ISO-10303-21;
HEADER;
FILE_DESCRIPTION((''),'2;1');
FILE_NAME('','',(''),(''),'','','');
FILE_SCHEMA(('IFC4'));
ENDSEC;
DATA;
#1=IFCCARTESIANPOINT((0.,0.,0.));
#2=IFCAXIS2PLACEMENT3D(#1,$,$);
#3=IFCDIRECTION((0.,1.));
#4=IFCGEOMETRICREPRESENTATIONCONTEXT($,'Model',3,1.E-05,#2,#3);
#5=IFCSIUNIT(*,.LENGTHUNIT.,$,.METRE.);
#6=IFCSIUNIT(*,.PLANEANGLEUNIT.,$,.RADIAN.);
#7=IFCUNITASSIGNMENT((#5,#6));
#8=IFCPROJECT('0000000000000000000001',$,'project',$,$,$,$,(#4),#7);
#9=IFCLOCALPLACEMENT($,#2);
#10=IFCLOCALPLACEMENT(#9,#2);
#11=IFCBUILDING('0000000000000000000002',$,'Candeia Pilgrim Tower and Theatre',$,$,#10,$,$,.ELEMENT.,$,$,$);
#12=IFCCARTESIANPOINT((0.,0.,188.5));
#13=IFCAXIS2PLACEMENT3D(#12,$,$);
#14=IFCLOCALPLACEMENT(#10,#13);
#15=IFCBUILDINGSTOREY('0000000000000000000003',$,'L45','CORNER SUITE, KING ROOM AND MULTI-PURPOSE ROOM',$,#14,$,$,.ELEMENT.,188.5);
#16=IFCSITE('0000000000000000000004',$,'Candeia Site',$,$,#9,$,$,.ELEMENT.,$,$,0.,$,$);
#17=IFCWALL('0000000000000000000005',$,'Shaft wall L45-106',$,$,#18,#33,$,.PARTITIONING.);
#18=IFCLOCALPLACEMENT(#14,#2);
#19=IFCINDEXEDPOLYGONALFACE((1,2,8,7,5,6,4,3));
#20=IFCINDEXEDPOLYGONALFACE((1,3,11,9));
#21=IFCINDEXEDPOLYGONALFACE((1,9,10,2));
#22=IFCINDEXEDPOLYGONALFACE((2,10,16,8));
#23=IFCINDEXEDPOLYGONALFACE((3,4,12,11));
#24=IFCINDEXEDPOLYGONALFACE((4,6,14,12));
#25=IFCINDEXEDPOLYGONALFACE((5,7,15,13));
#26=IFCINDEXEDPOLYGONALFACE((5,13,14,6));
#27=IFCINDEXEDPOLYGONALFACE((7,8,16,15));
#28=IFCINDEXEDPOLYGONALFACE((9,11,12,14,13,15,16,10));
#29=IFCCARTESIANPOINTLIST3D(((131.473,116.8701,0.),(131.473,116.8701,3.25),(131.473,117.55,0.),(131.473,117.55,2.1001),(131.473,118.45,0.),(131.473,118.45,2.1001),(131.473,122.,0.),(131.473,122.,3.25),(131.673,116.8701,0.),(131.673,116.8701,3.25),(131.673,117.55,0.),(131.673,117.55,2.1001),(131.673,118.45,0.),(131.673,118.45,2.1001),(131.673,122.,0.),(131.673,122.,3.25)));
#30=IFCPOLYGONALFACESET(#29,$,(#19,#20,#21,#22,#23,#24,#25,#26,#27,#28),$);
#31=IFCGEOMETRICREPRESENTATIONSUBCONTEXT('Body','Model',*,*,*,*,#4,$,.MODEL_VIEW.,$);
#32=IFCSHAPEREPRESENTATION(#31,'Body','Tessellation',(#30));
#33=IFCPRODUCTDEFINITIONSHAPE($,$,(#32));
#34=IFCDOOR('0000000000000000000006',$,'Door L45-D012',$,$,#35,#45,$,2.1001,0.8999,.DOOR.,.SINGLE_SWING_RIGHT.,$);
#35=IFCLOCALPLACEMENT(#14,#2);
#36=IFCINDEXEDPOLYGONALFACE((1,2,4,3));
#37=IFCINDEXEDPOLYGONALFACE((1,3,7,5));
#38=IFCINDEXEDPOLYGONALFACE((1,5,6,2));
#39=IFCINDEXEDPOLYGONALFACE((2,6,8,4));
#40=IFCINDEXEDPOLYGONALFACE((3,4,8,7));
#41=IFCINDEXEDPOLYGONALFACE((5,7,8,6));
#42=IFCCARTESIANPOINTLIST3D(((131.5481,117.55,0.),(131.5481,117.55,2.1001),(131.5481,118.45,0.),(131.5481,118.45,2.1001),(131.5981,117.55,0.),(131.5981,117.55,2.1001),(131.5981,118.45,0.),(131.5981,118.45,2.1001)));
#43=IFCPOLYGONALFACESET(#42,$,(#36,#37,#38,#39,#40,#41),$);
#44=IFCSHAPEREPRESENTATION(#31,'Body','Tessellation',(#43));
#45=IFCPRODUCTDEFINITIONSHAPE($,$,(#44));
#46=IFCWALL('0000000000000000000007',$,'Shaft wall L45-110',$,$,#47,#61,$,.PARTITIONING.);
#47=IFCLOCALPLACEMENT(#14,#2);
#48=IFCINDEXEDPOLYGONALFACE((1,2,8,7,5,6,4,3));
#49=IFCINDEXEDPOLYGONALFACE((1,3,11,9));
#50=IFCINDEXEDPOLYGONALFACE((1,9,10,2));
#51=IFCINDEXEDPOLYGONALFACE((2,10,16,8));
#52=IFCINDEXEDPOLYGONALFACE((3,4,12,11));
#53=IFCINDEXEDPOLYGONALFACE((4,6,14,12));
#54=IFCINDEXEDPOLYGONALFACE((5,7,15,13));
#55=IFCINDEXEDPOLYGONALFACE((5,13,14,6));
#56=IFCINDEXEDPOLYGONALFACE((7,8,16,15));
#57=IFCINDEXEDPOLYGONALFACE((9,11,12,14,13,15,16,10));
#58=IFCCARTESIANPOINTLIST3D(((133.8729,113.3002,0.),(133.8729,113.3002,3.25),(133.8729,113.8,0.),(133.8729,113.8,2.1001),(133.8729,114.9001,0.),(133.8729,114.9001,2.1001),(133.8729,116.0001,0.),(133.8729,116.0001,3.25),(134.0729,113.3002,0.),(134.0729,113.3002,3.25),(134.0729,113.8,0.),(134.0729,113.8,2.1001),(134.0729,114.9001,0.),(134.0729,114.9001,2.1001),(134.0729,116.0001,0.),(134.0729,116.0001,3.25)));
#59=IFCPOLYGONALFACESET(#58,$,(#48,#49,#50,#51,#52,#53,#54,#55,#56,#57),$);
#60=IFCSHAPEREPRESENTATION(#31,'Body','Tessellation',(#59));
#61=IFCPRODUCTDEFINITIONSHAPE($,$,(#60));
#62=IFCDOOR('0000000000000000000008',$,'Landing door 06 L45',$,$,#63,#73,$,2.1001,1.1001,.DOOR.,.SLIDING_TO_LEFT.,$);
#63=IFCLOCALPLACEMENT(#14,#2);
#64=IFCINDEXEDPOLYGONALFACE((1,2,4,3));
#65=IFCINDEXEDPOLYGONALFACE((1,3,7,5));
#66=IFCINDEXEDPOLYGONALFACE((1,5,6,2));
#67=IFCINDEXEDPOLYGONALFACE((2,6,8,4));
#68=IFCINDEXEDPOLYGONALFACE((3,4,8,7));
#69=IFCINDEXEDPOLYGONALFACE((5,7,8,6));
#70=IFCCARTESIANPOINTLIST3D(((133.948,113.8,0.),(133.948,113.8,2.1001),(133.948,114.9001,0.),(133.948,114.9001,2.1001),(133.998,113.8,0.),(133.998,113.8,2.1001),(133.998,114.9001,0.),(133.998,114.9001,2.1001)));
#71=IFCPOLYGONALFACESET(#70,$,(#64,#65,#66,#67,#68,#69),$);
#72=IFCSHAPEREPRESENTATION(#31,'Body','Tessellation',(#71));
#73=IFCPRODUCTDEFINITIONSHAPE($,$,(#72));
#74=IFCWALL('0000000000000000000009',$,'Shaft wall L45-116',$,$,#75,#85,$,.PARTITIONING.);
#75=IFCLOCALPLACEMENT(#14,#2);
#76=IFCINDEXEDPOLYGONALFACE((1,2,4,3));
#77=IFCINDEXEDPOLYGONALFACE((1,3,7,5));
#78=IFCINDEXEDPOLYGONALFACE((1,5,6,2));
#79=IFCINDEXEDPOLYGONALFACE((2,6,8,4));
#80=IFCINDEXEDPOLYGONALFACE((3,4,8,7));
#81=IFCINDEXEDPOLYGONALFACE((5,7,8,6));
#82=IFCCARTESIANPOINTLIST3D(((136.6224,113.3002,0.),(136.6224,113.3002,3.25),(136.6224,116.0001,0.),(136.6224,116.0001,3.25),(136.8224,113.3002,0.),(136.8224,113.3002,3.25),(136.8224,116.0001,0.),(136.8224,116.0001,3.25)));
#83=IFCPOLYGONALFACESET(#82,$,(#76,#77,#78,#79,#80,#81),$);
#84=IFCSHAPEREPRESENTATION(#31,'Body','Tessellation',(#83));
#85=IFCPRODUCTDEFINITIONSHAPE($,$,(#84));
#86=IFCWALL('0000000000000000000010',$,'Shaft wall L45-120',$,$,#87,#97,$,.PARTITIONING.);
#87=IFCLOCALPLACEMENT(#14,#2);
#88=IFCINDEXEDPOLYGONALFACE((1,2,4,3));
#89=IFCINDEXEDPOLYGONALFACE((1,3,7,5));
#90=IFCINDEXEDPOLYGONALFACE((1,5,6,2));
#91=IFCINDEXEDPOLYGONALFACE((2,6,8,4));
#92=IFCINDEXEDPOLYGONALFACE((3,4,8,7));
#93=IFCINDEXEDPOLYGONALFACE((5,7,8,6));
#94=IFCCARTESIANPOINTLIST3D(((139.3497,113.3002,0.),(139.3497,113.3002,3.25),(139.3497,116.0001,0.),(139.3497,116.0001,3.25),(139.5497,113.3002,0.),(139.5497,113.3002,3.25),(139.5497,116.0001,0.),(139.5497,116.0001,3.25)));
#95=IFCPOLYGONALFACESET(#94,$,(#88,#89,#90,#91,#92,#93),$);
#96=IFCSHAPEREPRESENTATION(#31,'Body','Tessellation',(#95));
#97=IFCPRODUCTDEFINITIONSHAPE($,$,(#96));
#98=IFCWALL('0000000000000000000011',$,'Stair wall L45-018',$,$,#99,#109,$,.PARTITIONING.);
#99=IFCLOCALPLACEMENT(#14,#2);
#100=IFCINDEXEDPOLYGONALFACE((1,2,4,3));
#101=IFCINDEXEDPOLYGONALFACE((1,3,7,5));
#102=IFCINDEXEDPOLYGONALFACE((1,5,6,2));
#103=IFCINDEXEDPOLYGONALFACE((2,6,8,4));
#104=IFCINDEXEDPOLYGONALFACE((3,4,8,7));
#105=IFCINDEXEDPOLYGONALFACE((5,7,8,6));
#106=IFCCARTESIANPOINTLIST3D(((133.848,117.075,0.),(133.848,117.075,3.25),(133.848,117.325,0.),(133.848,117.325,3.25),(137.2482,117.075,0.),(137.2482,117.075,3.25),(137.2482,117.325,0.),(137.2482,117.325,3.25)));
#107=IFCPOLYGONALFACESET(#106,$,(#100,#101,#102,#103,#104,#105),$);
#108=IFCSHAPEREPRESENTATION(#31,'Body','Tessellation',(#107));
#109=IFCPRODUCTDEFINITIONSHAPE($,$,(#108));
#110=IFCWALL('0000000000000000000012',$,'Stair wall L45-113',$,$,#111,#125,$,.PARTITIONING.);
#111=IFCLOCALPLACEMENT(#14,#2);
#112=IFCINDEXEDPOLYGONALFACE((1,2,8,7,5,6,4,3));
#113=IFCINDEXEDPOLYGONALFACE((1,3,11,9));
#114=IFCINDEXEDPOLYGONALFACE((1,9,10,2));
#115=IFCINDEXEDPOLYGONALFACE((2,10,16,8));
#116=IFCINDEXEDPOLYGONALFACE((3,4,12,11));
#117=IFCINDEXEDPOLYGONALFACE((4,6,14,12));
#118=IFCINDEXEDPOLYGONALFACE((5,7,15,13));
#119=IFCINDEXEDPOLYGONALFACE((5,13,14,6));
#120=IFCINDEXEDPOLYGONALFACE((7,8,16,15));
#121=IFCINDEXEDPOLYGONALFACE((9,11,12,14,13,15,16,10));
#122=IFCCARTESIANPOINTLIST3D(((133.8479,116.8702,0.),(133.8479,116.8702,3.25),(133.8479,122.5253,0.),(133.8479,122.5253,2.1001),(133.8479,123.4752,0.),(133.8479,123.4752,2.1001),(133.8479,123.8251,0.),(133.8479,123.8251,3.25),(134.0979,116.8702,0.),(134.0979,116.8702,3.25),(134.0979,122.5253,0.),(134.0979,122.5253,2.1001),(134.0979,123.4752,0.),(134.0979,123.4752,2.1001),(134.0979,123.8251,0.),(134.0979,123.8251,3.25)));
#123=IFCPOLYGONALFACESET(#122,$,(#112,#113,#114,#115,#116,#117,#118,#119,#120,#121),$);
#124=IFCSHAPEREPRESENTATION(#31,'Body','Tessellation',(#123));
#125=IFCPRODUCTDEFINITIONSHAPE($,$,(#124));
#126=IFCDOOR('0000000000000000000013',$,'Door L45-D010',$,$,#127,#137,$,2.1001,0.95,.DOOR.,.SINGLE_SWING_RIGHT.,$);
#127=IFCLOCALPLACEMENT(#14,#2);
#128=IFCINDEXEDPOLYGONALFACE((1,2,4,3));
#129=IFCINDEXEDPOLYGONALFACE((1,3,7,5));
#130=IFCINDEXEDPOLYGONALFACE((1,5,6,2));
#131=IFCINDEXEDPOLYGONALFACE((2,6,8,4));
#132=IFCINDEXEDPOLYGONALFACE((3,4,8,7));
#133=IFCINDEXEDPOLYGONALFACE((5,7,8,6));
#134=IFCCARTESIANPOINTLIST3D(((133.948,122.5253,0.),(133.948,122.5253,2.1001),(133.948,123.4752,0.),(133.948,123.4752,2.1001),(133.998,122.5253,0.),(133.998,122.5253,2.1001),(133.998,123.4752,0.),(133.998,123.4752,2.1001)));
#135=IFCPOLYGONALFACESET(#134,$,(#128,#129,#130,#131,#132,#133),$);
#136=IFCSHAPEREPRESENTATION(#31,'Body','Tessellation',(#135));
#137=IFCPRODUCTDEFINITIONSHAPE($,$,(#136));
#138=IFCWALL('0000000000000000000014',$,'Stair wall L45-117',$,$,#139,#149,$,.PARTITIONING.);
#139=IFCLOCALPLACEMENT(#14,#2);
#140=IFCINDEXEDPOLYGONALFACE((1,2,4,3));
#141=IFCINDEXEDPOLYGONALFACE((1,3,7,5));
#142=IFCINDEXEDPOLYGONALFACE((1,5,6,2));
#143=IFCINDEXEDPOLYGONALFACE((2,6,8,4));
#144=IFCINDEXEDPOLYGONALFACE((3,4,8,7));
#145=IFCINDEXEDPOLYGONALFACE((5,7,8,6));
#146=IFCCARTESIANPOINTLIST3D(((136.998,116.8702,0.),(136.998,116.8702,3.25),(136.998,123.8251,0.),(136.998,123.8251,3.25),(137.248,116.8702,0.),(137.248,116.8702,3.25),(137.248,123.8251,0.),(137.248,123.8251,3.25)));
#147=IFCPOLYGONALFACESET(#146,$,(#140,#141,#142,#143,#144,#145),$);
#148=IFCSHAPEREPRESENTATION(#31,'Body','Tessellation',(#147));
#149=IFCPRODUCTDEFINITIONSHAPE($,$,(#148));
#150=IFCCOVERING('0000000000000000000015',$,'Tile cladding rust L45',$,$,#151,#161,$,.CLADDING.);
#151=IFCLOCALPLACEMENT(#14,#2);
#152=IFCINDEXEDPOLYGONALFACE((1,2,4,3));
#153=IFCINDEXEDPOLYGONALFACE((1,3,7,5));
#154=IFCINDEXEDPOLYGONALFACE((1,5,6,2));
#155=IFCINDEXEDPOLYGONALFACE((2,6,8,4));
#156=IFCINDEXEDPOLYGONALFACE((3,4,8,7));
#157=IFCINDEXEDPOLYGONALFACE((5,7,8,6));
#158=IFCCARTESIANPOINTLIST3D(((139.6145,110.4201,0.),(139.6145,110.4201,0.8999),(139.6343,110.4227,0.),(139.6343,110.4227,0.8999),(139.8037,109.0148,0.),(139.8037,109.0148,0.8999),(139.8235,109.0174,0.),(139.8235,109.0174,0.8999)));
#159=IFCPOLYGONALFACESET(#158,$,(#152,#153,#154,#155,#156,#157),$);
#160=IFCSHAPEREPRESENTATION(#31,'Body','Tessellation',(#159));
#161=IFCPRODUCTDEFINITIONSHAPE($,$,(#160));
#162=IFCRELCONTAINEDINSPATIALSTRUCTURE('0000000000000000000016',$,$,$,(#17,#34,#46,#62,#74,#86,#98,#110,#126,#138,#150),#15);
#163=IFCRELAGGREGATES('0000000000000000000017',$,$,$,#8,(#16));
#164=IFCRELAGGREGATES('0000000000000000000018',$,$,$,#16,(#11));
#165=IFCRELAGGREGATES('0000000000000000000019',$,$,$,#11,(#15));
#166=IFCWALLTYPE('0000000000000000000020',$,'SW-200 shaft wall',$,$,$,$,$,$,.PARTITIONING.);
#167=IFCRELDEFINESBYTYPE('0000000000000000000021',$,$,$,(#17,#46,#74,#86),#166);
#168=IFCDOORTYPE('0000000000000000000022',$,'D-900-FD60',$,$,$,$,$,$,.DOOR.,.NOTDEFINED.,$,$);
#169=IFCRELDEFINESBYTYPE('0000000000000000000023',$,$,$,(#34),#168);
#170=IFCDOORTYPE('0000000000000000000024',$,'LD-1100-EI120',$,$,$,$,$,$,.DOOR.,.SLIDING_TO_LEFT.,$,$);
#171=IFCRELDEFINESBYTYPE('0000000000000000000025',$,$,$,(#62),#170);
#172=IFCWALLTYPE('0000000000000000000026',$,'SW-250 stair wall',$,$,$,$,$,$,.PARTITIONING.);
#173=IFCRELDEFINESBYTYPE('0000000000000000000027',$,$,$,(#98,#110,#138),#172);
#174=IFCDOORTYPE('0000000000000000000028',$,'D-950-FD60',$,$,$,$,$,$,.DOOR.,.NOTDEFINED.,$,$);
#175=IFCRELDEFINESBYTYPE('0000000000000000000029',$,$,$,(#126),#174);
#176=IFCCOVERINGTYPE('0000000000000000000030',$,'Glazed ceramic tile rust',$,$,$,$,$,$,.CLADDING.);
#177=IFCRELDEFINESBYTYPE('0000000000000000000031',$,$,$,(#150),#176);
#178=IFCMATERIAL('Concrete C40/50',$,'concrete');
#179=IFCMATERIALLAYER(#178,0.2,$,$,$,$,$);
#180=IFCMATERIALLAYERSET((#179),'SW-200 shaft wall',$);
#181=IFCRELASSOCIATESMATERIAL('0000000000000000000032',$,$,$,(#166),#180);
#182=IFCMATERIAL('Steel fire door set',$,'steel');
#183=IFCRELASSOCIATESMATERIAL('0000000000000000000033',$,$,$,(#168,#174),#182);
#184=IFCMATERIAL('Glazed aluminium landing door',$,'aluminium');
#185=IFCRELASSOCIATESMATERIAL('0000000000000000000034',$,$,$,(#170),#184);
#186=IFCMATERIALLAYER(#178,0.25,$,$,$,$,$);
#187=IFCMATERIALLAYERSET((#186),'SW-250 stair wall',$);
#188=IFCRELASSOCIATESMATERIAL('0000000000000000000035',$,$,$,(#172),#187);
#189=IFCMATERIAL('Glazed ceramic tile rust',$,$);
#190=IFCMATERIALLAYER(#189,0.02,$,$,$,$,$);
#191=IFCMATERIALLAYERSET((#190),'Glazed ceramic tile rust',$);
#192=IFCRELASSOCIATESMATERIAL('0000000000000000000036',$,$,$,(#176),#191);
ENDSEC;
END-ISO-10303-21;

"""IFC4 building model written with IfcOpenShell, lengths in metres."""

from ifc_helpers import new_model, si_unit, direction, frame, frame_2d, origin, origin_2d, place, context, subcontext, project, spatial, rectangle, extrude, material, layer, layer_set, type_object, element, fill, save


model = new_model("IFC4")

# Units and contexts
model_context = context("Model", 3, precision=1e-05, world=origin(), true_north=direction((0.0, 1.0)))
body_context = subcontext(model_context, "Body", "Model", "MODEL_VIEW")
ifc_project = project(units=[si_unit("LENGTHUNIT", "METRE"), si_unit("PLANEANGLEUNIT", "RADIAN")], contexts=[model_context])

# Site, building, storey
site_placement = place(None, origin())
site = spatial("IfcSite", under=ifc_project, at=site_placement, Name="Candeia Site", CompositionType="ELEMENT", RefElevation=0.0)
building_placement = place(site_placement, origin())
building = spatial("IfcBuilding", under=site, at=building_placement, Name="Candeia Pilgrim Tower and Theatre", CompositionType="ELEMENT")
storey_placement = place(building_placement, frame((0.0, 0.0, 188.5)))
storey = spatial("IfcBuildingStorey", under=building, at=storey_placement, Name="L45", Description="CORNER SUITE, KING ROOM AND MULTI-PURPOSE ROOM", CompositionType="ELEMENT", Elevation=188.5)

# Shared definitions
ifc_material_1 = material(Name="Steel fire door set", Category="steel")

# Walls, openings, doors
ifc_material_2 = material(Name="Concrete C40/50", Category="concrete")
ifc_layer_1 = layer(ifc_material_2, 0.2)
ifc_layer_set_1 = layer_set([ifc_layer_1], Name="SW-200 shaft wall")
wall_type_1 = type_object("IfcWallType", Name="SW-200 shaft wall", PredefinedType="PARTITIONING", material=ifc_layer_set_1)
door_type_1 = type_object("IfcDoorType", Name="D-900-FD60", OperationType="NOTDEFINED", PredefinedType="DOOR", material=ifc_material_1)
wall_1_placement = place(storey_placement, frame((131.573, 116.8701, 0.0), z_axis=(0.0, 0.0, 1.0), x_axis=(0.0, 1.0, 0.0)))
wall_1 = element("IfcWall", 1, at=wall_1_placement, inside=storey, type_object=wall_type_1, Name="Shaft wall L45-106", PredefinedType="PARTITIONING", context=body_context, shape_type="SweptSolid", body=[
    extrude(rectangle(XDim=5.1299, YDim=0.2, at=frame_2d((2.5649, 0.0))), origin(), (0.0, 0.0, 1.0), 3.25),
])
opening_1_placement = place(wall_1_placement, frame((0.6799, 0.0, 0.0)))
opening_1 = element("IfcOpeningElement", 2, at=opening_1_placement, cuts=wall_1, PredefinedType="OPENING", context=body_context, shape_type="SweptSolid", body=[
    extrude(rectangle(XDim=0.8999, YDim=2.1001, at=frame_2d((0.45, 1.05))), frame((0.0, 0.1099, 0.0), z_axis=(0.0, -1.0, 0.0), x_axis=(1.0, 0.0, 0.0)), (0.0, 0.0, 1.0), 0.22),
])
door_1_placement = place(opening_1_placement, origin())
door_1 = element("IfcDoor", 3, at=door_1_placement, inside=storey, type_object=door_type_1, Name="Door L45-D012", OperationType="SINGLE_SWING_RIGHT", OverallHeight=2.1001, OverallWidth=0.8999, PredefinedType="DOOR", context=body_context, shape_type="SweptSolid", body=[
    extrude(rectangle(XDim=0.8999, YDim=2.1001, at=frame_2d((0.45, 1.05))), frame((0.0, 0.0249, 0.0), z_axis=(0.0, -1.0, 0.0), x_axis=(1.0, 0.0, 0.0)), (0.0, 0.0, 1.0), 0.05),
])
fill(opening_1, door_1)
wall_2_placement = place(storey_placement, frame((133.9729, 113.3, 0.0), z_axis=(0.0, 0.0, 1.0), x_axis=(0.0, 1.0, 0.0)))
wall_2 = element("IfcWall", 4, at=wall_2_placement, inside=storey, type_object=wall_type_1, Name="Shaft wall L45-110", PredefinedType="PARTITIONING", context=body_context, shape_type="SweptSolid", body=[
    extrude(rectangle(XDim=2.7, YDim=0.2, at=frame_2d((1.3501, 0.0))), origin(), (0.0, 0.0, 1.0), 3.25),
])
opening_2_placement = place(wall_2_placement, frame((0.5, 0.0, 0.0)))
opening_2 = element("IfcOpeningElement", 5, at=opening_2_placement, cuts=wall_2, PredefinedType="OPENING", context=body_context, shape_type="SweptSolid", body=[
    extrude(rectangle(XDim=1.1001, YDim=2.1001, at=frame_2d((0.55, 1.05))), frame((0.0, 0.1099, 0.0), z_axis=(0.0, -1.0, 0.0), x_axis=(1.0, 0.0, 0.0)), (0.0, 0.0, 1.0), 0.22),
])
ifc_material_3 = material(Name="Glazed aluminium landing door", Category="aluminium")
door_type_2 = type_object("IfcDoorType", Name="LD-1100-EI120", OperationType="SLIDING_TO_LEFT", PredefinedType="DOOR", material=ifc_material_3)
door_2_placement = place(opening_2_placement, origin())
door_2 = element("IfcDoor", 6, at=door_2_placement, inside=storey, type_object=door_type_2, Name="Landing door 06 L45", OperationType="SLIDING_TO_LEFT", OverallHeight=2.1001, OverallWidth=1.1001, PredefinedType="DOOR", context=body_context, shape_type="SweptSolid", body=[
    extrude(rectangle(XDim=1.1001, YDim=2.1001, at=frame_2d((0.55, 1.05))), frame((0.0, 0.0249, 0.0), z_axis=(0.0, -1.0, 0.0), x_axis=(1.0, 0.0, 0.0)), (0.0, 0.0, 1.0), 0.05),
])
fill(opening_2, door_2)

# Walls
for number, where, z_axis, x_axis, name in (
    (7, (136.7224, 113.3, 0.0), (0.0, 0.0, 1.0), (0.0, 1.0, 0.0), "Shaft wall L45-116"),
    (8, (139.4497, 113.3, 0.0), (0.0, 0.0, 1.0), (0.0, 1.0, 0.0), "Shaft wall L45-120"),
):
    element("IfcWall", number, at=place(storey_placement, frame(where, z_axis=z_axis, x_axis=x_axis)), inside=storey, type_object=wall_type_1, Name=name, PredefinedType="PARTITIONING", context=body_context, shape_type="SweptSolid", body=[
        extrude(rectangle(XDim=2.7, YDim=0.2, at=frame_2d((1.3501, 0.0))), origin(), (0.0, 0.0, 1.0), 3.25),
    ])
ifc_layer_2 = layer(ifc_material_2, 0.25)
ifc_layer_set_2 = layer_set([ifc_layer_2], Name="SW-250 stair wall")
wall_type_2 = type_object("IfcWallType", Name="SW-250 stair wall", PredefinedType="PARTITIONING", material=ifc_layer_set_2)
wall_3_placement = place(storey_placement, frame((133.8479, 117.2, 0.0), z_axis=(0.0, 0.0, 1.0), x_axis=(1.0, 0.0, 0.0)))
element("IfcWall", 9, at=wall_3_placement, inside=storey, type_object=wall_type_2, Name="Stair wall L45-018", PredefinedType="PARTITIONING", context=body_context, shape_type="SweptSolid", body=[
    extrude(rectangle(XDim=3.4001, YDim=0.25, at=frame_2d((1.7002, 0.0))), origin(), (0.0, 0.0, 1.0), 3.25),
])

# Wall, opening, door
wall_4_placement = place(storey_placement, frame((133.9729, 116.8701, 0.0), z_axis=(0.0, 0.0, 1.0), x_axis=(0.0, 1.0, 0.0)))
wall_4 = element("IfcWall", 10, at=wall_4_placement, inside=storey, type_object=wall_type_2, Name="Stair wall L45-113", PredefinedType="PARTITIONING", context=body_context, shape_type="SweptSolid", body=[
    extrude(rectangle(XDim=6.9548, YDim=0.25, at=frame_2d((3.4775, 0.0))), origin(), (0.0, 0.0, 1.0), 3.25),
])
opening_3_placement = place(wall_4_placement, frame((5.655, 0.0, 0.0)))
opening_3 = element("IfcOpeningElement", 11, at=opening_3_placement, cuts=wall_4, PredefinedType="OPENING", context=body_context, shape_type="SweptSolid", body=[
    extrude(rectangle(XDim=0.95, YDim=2.1001, at=frame_2d((0.4751, 1.05))), frame((0.0, 0.135, 0.0), z_axis=(0.0, -1.0, 0.0), x_axis=(1.0, 0.0, 0.0)), (0.0, 0.0, 1.0), 0.27),
])
door_type_3 = type_object("IfcDoorType", Name="D-950-FD60", OperationType="NOTDEFINED", PredefinedType="DOOR", material=ifc_material_1)
door_3_placement = place(opening_3_placement, origin())
door_3 = element("IfcDoor", 12, at=door_3_placement, inside=storey, type_object=door_type_3, Name="Door L45-D010", OperationType="SINGLE_SWING_RIGHT", OverallHeight=2.1001, OverallWidth=0.95, PredefinedType="DOOR", context=body_context, shape_type="SweptSolid", body=[
    extrude(rectangle(XDim=0.95, YDim=2.1001, at=frame_2d((0.4751, 1.05))), frame((0.0, 0.0249, 0.0), z_axis=(0.0, -1.0, 0.0), x_axis=(1.0, 0.0, 0.0)), (0.0, 0.0, 1.0), 0.05),
])
fill(opening_3, door_3)

# Wall
wall_5_placement = place(storey_placement, frame((137.123, 116.8701, 0.0), z_axis=(0.0, 0.0, 1.0), x_axis=(0.0, 1.0, 0.0)))
element("IfcWall", 13, at=wall_5_placement, inside=storey, type_object=wall_type_2, Name="Stair wall L45-117", PredefinedType="PARTITIONING", context=body_context, shape_type="SweptSolid", body=[
    extrude(rectangle(XDim=6.9548, YDim=0.25, at=frame_2d((3.4775, 0.0))), origin(), (0.0, 0.0, 1.0), 3.25),
])

# Covering
ifc_material_4 = material(Name="Glazed ceramic tile rust")
ifc_layer_3 = layer(ifc_material_4, 0.02)
ifc_layer_set_3 = layer_set([ifc_layer_3], Name="Glazed ceramic tile rust")
covering_type = type_object("IfcCoveringType", Name="Glazed ceramic tile rust", PredefinedType="CLADDING", material=ifc_layer_set_3)
covering_placement = place(storey_placement, frame((139.719, 109.7188, 0.0), z_axis=(0.0, 0.0, 1.0), x_axis=(-0.133412, 0.991061, 0.0)))
element("IfcCovering", 14, at=covering_placement, inside=storey, type_object=covering_type, Name="Tile cladding rust L45", PredefinedType="CLADDING", context=body_context, shape_type="SweptSolid", body=[
    extrude(rectangle(XDim=1.418, YDim=0.02, at=origin_2d()), origin(), (0.0, 0.0, 1.0), 0.8999),
])

save(model, "model.ifc")
